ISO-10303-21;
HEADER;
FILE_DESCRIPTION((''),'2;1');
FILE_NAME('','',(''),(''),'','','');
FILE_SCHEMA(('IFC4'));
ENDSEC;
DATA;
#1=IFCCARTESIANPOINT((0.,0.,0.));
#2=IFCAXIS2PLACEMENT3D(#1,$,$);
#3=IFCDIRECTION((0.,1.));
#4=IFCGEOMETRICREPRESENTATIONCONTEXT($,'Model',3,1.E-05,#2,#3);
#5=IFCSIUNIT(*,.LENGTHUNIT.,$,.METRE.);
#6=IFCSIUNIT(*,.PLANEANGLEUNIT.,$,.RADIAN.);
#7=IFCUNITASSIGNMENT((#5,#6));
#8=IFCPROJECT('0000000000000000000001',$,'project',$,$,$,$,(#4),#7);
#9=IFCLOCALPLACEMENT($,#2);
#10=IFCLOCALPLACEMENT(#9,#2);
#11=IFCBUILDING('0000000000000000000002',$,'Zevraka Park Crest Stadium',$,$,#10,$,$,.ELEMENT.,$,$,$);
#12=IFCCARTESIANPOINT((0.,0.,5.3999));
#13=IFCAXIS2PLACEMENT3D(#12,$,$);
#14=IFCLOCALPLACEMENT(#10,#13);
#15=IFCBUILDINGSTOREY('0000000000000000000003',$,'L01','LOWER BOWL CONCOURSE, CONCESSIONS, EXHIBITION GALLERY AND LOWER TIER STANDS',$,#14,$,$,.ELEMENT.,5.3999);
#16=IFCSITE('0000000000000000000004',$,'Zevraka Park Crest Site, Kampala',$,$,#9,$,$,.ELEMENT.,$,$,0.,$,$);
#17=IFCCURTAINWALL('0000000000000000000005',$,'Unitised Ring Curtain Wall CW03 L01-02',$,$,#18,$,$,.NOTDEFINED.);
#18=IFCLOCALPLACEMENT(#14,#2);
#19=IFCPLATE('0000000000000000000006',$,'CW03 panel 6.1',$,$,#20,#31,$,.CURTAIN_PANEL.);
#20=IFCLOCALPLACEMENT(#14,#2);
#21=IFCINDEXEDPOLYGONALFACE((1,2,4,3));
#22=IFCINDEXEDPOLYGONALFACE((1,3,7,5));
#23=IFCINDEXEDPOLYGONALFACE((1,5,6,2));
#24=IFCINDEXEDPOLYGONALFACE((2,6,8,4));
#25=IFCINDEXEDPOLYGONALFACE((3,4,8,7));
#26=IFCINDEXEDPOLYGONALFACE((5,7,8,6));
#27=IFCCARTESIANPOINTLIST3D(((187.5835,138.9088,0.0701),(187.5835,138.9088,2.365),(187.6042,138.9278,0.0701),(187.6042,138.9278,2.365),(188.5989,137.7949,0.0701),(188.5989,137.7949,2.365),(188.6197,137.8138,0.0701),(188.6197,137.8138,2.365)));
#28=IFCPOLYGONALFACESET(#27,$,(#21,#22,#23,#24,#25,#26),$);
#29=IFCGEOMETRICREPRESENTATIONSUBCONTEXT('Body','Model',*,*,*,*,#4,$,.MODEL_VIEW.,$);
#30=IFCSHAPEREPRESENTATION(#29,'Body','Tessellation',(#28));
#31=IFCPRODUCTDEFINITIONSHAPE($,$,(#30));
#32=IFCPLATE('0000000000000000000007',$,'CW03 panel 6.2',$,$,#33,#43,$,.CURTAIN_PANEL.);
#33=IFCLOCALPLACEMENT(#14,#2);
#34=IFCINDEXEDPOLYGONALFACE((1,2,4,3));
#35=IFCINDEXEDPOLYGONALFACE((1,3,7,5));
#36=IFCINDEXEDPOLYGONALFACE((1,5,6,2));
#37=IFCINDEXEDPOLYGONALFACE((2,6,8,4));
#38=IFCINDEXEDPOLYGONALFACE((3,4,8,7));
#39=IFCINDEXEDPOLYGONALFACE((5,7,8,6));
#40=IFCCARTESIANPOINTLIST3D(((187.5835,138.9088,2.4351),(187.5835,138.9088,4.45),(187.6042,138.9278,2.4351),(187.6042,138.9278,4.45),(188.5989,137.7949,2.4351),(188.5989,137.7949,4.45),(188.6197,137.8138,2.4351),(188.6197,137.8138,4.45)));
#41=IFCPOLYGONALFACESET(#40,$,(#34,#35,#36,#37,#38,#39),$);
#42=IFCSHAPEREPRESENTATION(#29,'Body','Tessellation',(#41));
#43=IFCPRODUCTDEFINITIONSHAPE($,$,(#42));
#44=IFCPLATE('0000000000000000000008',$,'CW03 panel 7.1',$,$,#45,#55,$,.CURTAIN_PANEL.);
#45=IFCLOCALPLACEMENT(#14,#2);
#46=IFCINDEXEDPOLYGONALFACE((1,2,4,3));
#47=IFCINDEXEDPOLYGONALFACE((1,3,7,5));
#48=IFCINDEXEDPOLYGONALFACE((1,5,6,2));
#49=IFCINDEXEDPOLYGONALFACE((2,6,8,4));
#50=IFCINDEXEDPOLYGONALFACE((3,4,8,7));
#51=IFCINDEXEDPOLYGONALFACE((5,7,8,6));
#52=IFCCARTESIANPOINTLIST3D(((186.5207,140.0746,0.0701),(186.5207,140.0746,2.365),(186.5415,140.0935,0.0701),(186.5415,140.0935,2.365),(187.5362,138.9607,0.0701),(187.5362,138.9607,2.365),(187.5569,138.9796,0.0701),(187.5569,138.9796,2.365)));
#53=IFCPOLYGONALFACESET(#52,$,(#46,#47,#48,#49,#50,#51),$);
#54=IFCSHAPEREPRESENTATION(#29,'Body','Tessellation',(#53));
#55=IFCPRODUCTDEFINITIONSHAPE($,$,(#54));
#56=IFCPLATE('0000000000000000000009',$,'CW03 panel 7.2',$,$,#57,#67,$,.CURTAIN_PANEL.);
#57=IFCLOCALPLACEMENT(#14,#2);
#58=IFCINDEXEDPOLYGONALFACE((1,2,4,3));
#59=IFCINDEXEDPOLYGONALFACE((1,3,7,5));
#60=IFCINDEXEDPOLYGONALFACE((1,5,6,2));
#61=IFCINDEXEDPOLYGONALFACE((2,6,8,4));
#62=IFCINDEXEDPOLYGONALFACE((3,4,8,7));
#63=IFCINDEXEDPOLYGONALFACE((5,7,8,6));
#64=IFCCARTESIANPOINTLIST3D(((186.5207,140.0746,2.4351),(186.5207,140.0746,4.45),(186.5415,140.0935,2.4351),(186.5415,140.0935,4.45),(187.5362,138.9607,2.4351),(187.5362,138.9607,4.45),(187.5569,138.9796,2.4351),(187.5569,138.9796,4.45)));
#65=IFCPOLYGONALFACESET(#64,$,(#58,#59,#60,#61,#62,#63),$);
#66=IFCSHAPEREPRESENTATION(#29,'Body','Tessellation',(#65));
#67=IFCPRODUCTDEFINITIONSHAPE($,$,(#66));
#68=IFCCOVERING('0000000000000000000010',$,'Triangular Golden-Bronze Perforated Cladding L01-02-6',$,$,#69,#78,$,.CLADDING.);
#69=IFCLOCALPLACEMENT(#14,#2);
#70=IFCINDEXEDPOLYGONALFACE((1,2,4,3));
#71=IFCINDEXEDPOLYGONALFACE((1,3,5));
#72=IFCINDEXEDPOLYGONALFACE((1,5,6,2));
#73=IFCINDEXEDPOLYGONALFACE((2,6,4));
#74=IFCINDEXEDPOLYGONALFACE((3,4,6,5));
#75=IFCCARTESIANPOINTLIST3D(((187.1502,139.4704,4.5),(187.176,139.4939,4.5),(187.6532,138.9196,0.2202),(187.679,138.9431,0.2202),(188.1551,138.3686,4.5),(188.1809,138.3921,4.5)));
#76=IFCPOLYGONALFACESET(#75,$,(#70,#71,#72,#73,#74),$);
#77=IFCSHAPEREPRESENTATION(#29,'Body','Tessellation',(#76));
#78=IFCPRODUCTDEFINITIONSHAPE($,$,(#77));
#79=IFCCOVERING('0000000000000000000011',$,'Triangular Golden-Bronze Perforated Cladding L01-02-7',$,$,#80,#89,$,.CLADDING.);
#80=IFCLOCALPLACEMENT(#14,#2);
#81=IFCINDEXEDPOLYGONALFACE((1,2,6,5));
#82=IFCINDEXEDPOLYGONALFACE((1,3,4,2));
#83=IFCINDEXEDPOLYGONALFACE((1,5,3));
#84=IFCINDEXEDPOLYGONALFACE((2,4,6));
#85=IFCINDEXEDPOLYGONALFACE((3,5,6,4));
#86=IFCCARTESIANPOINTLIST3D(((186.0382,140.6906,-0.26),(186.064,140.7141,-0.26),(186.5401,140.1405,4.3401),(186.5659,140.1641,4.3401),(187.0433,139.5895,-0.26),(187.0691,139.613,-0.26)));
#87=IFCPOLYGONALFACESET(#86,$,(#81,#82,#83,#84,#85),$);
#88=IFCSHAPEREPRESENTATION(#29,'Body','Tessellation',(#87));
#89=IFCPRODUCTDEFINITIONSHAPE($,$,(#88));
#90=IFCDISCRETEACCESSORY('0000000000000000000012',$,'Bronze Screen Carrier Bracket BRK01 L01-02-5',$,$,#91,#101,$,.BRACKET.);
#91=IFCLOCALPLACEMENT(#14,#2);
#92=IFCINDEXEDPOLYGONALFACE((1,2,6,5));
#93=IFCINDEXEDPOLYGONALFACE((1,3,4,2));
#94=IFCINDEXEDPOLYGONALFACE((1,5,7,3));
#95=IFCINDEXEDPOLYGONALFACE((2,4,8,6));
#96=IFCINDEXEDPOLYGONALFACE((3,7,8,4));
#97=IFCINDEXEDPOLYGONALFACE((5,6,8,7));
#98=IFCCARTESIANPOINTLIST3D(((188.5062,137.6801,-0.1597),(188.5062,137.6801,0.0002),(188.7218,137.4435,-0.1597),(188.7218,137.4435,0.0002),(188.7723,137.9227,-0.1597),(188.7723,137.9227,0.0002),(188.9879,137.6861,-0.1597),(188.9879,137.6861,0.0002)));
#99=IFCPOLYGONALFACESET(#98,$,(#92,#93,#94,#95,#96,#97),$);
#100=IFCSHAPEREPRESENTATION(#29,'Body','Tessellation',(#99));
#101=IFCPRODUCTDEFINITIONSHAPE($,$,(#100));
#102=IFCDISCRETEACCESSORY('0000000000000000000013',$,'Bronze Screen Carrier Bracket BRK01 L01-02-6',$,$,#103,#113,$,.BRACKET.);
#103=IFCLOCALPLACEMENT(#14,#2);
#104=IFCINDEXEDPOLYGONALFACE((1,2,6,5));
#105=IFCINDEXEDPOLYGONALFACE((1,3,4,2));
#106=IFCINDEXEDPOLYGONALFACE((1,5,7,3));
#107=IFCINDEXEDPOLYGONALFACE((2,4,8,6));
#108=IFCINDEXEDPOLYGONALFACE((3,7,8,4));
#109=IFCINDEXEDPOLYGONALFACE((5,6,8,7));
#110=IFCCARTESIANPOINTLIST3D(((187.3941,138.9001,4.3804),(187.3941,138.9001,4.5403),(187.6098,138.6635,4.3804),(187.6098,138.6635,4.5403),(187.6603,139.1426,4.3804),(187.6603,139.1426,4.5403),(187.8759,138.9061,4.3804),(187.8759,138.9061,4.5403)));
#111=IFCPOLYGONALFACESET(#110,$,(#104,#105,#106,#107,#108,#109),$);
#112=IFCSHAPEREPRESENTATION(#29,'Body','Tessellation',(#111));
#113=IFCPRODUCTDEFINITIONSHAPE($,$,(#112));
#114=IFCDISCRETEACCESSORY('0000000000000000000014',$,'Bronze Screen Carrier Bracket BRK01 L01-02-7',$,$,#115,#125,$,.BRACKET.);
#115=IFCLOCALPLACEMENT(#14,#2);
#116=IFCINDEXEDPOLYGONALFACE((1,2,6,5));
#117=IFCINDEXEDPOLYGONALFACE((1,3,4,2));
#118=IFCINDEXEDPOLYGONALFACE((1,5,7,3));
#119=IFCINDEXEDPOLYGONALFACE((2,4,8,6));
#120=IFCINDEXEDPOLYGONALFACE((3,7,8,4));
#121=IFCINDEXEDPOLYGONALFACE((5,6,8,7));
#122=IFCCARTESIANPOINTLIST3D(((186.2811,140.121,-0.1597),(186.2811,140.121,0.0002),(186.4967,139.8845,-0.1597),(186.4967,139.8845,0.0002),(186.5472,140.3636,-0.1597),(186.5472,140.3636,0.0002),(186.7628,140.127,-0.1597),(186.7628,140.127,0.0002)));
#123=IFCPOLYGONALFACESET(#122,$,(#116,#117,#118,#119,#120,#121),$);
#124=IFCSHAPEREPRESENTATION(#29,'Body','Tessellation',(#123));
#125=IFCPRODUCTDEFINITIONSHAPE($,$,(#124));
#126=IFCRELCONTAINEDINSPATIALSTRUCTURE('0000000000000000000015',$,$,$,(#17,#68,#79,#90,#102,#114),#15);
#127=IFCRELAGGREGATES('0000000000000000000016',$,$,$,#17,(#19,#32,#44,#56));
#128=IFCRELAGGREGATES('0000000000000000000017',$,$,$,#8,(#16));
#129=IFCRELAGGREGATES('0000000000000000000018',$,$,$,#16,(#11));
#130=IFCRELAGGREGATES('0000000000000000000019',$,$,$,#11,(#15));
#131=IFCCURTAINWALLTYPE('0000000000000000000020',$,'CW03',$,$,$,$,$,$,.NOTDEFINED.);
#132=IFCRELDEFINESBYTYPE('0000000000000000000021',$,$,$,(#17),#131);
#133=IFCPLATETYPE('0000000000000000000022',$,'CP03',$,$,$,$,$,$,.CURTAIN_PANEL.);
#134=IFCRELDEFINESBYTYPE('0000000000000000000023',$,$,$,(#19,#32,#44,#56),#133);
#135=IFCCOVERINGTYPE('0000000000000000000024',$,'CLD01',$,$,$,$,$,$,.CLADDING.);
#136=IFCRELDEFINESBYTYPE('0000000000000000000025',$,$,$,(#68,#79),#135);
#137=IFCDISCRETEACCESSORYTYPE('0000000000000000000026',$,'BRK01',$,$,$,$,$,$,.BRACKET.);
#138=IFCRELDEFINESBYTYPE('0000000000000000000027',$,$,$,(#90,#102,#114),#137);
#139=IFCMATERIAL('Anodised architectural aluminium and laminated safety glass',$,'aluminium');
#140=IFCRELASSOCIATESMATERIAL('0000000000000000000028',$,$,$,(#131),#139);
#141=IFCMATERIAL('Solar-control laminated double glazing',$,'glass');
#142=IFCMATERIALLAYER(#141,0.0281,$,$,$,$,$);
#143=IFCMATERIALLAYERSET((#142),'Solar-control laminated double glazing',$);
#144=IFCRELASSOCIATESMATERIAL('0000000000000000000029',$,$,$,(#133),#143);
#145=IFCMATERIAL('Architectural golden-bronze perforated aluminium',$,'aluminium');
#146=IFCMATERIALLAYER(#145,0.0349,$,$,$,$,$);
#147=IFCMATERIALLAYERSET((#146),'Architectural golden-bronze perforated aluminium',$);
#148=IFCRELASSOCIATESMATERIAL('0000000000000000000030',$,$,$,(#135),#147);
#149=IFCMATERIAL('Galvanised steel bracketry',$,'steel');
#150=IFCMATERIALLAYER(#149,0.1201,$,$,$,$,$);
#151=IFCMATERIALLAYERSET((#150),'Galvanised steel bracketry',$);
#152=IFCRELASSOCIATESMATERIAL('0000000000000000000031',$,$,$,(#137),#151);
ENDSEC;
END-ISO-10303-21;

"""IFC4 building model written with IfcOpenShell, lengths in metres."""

from ifc_helpers import new_model, si_unit, direction, frame, origin, origin_2d, place, context, subcontext, project, spatial, polyline, rectangle, outline, extrude, material, layer, layer_set, type_object, element, aggregate, save


model = new_model("IFC4")

# Units and contexts
model_context = context("Model", 3, precision=1e-05, world=origin(), true_north=direction((0.0, 1.0)))
body_context = subcontext(model_context, "Body", "Model", "MODEL_VIEW")
ifc_project = project(units=[si_unit("LENGTHUNIT", "METRE"), si_unit("PLANEANGLEUNIT", "RADIAN")], contexts=[model_context])

# Site, building, storey
site_placement = place(None, origin())
site = spatial("IfcSite", under=ifc_project, at=site_placement, Name="Zevraka Park Crest Site, Kampala", CompositionType="ELEMENT", RefElevation=0.0)
building_placement = place(site_placement, origin())
building = spatial("IfcBuilding", under=site, at=building_placement, Name="Zevraka Park Crest Stadium", CompositionType="ELEMENT")
storey_placement = place(building_placement, frame((0.0, 0.0, 5.3999)))
storey = spatial("IfcBuildingStorey", under=building, at=storey_placement, Name="L01", Description="LOWER BOWL CONCOURSE, CONCESSIONS, EXHIBITION GALLERY AND LOWER TIER STANDS", CompositionType="ELEMENT", Elevation=5.3999)

# Curtain wall
ifc_material_1 = material(Name="Anodised architectural aluminium and laminated safety glass", Category="aluminium")
curtain_wall_type = type_object("IfcCurtainWallType", Name="CW03", PredefinedType="NOTDEFINED", material=ifc_material_1)
curtain_wall_placement = place(storey_placement, origin())
curtain_wall = element("IfcCurtainWall", 1, at=curtain_wall_placement, inside=storey, type_object=curtain_wall_type, Name="Unitised Ring Curtain Wall CW03 L01-02", PredefinedType="NOTDEFINED")

# Plates
ifc_material_2 = material(Name="Solar-control laminated double glazing", Category="glass")
ifc_layer_1 = layer(ifc_material_2, 0.0281)
ifc_layer_set_1 = layer_set([ifc_layer_1], Name="Solar-control laminated double glazing")
plate_type = type_object("IfcPlateType", Name="CP03", PredefinedType="CURTAIN_PANEL", material=ifc_layer_set_1)
plate_1_placement = place(storey_placement, frame((188.1016, 138.3613, 0.0701), z_axis=(0.0, 0.0, 1.0), x_axis=(-0.67368, 0.739023, 0.0)))
plate_1 = element("IfcPlate", 2, at=plate_1_placement, type_object=plate_type, Name="CW03 panel 6.1", PredefinedType="CURTAIN_PANEL", context=body_context, shape_type="SweptSolid", body=[
    extrude(rectangle(XDim=1.5073, YDim=0.0281, at=origin_2d()), origin(), (0.0, 0.0, 1.0), 2.2949),
])
plate_2_placement = place(storey_placement, frame((188.1016, 138.3613, 2.4351), z_axis=(0.0, 0.0, 1.0), x_axis=(-0.67368, 0.739023, 0.0)))
plate_2 = element("IfcPlate", 3, at=plate_2_placement, type_object=plate_type, Name="CW03 panel 6.2", PredefinedType="CURTAIN_PANEL", context=body_context, shape_type="SweptSolid", body=[
    extrude(rectangle(XDim=1.5073, YDim=0.0281, at=origin_2d()), origin(), (0.0, 0.0, 1.0), 2.0149),
])
plate_3_placement = place(storey_placement, frame((187.0388, 139.5271, 0.0701), z_axis=(0.0, 0.0, 1.0), x_axis=(-0.67368, 0.739023, 0.0)))
plate_3 = element("IfcPlate", 4, at=plate_3_placement, type_object=plate_type, Name="CW03 panel 7.1", PredefinedType="CURTAIN_PANEL", context=body_context, shape_type="SweptSolid", body=[
    extrude(rectangle(XDim=1.5073, YDim=0.0281, at=origin_2d()), origin(), (0.0, 0.0, 1.0), 2.2949),
])
plate_4_placement = place(storey_placement, frame((187.0388, 139.5271, 2.4351), z_axis=(0.0, 0.0, 1.0), x_axis=(-0.67368, 0.739023, 0.0)))
plate_4 = element("IfcPlate", 5, at=plate_4_placement, type_object=plate_type, Name="CW03 panel 7.2", PredefinedType="CURTAIN_PANEL", context=body_context, shape_type="SweptSolid", body=[
    extrude(rectangle(XDim=1.5073, YDim=0.0281, at=origin_2d()), origin(), (0.0, 0.0, 1.0), 2.0149),
])
aggregate(curtain_wall, [plate_1, plate_2, plate_3, plate_4])

# Coverings
ifc_material_3 = material(Name="Architectural golden-bronze perforated aluminium", Category="aluminium")
ifc_layer_2 = layer(ifc_material_3, 0.0349)
ifc_layer_set_2 = layer_set([ifc_layer_2], Name="Architectural golden-bronze perforated aluminium")
covering_type = type_object("IfcCoveringType", Name="CLD01", PredefinedType="CLADDING", material=ifc_layer_set_2)
covering_1_placement = place(storey_placement, frame((187.176, 139.4939, 4.5), z_axis=(0.738858, 0.673862, 0.000104), x_axis=(0.673862, -0.738858, 0.0)))
element("IfcCovering", 6, at=covering_1_placement, inside=storey, type_object=covering_type, Name="Triangular Golden-Bronze Perforated Cladding L01-02-6", PredefinedType="CLADDING", context=body_context, shape_type="SweptSolid", body=[
    extrude(outline(polyline([(0.0, 0.0), (1.4912, 0.0), (0.7459, 4.2798), (0.0, 0.0)])), origin(), (0.0, 0.0, -1.0), 0.0349),
])
covering_2_placement = place(storey_placement, frame((187.0691, 139.613, -0.26), z_axis=(0.738553, 0.674196, 0.000026), x_axis=(-0.674196, 0.738553, 0.0)))
element("IfcCovering", 7, at=covering_2_placement, inside=storey, type_object=covering_type, Name="Triangular Golden-Bronze Perforated Cladding L01-02-7", PredefinedType="CLADDING", context=body_context, shape_type="SweptSolid", body=[
    extrude(outline(polyline([(0.0, 0.0), (1.4909, 0.0), (0.7462, 4.6001), (0.0, 0.0)])), origin(), (0.0, 0.0, -1.0), 0.0349),
])

# Discrete accessories
ifc_material_4 = material(Name="Galvanised steel bracketry", Category="steel")
ifc_layer_3 = layer(ifc_material_4, 0.1201)
ifc_layer_set_3 = layer_set([ifc_layer_3], Name="Galvanised steel bracketry")
discrete_accessory_type = type_object("IfcDiscreteAccessoryType", Name="BRK01", PredefinedType="BRACKET", material=ifc_layer_set_3)
for number, where, z_axis, x_axis, name in (
    (8, (188.7471, 137.6831, -0.1597), (0.0, 0.0, 1.0), (-0.673658, 0.739043, 0.0), "Bronze Screen Carrier Bracket BRK01 L01-02-5"),
    (9, (187.635, 138.9031, 4.3804), (0.0, 0.0, 1.0), (-0.673658, 0.739043, 0.0), "Bronze Screen Carrier Bracket BRK01 L01-02-6"),
    (10, (186.522, 140.124, -0.1597), (0.0, 0.0, 1.0), (-0.673658, 0.739043, 0.0), "Bronze Screen Carrier Bracket BRK01 L01-02-7"),
):
    element("IfcDiscreteAccessory", number, at=place(storey_placement, frame(where, z_axis=z_axis, x_axis=x_axis)), inside=storey, type_object=discrete_accessory_type, Name=name, PredefinedType="BRACKET", context=body_context, shape_type="SweptSolid", body=[
        extrude(rectangle(XDim=0.3201, YDim=0.3601, at=origin_2d()), origin(), (0.0, 0.0, 1.0), 0.1599),
    ])

save(model, "model.ifc")
